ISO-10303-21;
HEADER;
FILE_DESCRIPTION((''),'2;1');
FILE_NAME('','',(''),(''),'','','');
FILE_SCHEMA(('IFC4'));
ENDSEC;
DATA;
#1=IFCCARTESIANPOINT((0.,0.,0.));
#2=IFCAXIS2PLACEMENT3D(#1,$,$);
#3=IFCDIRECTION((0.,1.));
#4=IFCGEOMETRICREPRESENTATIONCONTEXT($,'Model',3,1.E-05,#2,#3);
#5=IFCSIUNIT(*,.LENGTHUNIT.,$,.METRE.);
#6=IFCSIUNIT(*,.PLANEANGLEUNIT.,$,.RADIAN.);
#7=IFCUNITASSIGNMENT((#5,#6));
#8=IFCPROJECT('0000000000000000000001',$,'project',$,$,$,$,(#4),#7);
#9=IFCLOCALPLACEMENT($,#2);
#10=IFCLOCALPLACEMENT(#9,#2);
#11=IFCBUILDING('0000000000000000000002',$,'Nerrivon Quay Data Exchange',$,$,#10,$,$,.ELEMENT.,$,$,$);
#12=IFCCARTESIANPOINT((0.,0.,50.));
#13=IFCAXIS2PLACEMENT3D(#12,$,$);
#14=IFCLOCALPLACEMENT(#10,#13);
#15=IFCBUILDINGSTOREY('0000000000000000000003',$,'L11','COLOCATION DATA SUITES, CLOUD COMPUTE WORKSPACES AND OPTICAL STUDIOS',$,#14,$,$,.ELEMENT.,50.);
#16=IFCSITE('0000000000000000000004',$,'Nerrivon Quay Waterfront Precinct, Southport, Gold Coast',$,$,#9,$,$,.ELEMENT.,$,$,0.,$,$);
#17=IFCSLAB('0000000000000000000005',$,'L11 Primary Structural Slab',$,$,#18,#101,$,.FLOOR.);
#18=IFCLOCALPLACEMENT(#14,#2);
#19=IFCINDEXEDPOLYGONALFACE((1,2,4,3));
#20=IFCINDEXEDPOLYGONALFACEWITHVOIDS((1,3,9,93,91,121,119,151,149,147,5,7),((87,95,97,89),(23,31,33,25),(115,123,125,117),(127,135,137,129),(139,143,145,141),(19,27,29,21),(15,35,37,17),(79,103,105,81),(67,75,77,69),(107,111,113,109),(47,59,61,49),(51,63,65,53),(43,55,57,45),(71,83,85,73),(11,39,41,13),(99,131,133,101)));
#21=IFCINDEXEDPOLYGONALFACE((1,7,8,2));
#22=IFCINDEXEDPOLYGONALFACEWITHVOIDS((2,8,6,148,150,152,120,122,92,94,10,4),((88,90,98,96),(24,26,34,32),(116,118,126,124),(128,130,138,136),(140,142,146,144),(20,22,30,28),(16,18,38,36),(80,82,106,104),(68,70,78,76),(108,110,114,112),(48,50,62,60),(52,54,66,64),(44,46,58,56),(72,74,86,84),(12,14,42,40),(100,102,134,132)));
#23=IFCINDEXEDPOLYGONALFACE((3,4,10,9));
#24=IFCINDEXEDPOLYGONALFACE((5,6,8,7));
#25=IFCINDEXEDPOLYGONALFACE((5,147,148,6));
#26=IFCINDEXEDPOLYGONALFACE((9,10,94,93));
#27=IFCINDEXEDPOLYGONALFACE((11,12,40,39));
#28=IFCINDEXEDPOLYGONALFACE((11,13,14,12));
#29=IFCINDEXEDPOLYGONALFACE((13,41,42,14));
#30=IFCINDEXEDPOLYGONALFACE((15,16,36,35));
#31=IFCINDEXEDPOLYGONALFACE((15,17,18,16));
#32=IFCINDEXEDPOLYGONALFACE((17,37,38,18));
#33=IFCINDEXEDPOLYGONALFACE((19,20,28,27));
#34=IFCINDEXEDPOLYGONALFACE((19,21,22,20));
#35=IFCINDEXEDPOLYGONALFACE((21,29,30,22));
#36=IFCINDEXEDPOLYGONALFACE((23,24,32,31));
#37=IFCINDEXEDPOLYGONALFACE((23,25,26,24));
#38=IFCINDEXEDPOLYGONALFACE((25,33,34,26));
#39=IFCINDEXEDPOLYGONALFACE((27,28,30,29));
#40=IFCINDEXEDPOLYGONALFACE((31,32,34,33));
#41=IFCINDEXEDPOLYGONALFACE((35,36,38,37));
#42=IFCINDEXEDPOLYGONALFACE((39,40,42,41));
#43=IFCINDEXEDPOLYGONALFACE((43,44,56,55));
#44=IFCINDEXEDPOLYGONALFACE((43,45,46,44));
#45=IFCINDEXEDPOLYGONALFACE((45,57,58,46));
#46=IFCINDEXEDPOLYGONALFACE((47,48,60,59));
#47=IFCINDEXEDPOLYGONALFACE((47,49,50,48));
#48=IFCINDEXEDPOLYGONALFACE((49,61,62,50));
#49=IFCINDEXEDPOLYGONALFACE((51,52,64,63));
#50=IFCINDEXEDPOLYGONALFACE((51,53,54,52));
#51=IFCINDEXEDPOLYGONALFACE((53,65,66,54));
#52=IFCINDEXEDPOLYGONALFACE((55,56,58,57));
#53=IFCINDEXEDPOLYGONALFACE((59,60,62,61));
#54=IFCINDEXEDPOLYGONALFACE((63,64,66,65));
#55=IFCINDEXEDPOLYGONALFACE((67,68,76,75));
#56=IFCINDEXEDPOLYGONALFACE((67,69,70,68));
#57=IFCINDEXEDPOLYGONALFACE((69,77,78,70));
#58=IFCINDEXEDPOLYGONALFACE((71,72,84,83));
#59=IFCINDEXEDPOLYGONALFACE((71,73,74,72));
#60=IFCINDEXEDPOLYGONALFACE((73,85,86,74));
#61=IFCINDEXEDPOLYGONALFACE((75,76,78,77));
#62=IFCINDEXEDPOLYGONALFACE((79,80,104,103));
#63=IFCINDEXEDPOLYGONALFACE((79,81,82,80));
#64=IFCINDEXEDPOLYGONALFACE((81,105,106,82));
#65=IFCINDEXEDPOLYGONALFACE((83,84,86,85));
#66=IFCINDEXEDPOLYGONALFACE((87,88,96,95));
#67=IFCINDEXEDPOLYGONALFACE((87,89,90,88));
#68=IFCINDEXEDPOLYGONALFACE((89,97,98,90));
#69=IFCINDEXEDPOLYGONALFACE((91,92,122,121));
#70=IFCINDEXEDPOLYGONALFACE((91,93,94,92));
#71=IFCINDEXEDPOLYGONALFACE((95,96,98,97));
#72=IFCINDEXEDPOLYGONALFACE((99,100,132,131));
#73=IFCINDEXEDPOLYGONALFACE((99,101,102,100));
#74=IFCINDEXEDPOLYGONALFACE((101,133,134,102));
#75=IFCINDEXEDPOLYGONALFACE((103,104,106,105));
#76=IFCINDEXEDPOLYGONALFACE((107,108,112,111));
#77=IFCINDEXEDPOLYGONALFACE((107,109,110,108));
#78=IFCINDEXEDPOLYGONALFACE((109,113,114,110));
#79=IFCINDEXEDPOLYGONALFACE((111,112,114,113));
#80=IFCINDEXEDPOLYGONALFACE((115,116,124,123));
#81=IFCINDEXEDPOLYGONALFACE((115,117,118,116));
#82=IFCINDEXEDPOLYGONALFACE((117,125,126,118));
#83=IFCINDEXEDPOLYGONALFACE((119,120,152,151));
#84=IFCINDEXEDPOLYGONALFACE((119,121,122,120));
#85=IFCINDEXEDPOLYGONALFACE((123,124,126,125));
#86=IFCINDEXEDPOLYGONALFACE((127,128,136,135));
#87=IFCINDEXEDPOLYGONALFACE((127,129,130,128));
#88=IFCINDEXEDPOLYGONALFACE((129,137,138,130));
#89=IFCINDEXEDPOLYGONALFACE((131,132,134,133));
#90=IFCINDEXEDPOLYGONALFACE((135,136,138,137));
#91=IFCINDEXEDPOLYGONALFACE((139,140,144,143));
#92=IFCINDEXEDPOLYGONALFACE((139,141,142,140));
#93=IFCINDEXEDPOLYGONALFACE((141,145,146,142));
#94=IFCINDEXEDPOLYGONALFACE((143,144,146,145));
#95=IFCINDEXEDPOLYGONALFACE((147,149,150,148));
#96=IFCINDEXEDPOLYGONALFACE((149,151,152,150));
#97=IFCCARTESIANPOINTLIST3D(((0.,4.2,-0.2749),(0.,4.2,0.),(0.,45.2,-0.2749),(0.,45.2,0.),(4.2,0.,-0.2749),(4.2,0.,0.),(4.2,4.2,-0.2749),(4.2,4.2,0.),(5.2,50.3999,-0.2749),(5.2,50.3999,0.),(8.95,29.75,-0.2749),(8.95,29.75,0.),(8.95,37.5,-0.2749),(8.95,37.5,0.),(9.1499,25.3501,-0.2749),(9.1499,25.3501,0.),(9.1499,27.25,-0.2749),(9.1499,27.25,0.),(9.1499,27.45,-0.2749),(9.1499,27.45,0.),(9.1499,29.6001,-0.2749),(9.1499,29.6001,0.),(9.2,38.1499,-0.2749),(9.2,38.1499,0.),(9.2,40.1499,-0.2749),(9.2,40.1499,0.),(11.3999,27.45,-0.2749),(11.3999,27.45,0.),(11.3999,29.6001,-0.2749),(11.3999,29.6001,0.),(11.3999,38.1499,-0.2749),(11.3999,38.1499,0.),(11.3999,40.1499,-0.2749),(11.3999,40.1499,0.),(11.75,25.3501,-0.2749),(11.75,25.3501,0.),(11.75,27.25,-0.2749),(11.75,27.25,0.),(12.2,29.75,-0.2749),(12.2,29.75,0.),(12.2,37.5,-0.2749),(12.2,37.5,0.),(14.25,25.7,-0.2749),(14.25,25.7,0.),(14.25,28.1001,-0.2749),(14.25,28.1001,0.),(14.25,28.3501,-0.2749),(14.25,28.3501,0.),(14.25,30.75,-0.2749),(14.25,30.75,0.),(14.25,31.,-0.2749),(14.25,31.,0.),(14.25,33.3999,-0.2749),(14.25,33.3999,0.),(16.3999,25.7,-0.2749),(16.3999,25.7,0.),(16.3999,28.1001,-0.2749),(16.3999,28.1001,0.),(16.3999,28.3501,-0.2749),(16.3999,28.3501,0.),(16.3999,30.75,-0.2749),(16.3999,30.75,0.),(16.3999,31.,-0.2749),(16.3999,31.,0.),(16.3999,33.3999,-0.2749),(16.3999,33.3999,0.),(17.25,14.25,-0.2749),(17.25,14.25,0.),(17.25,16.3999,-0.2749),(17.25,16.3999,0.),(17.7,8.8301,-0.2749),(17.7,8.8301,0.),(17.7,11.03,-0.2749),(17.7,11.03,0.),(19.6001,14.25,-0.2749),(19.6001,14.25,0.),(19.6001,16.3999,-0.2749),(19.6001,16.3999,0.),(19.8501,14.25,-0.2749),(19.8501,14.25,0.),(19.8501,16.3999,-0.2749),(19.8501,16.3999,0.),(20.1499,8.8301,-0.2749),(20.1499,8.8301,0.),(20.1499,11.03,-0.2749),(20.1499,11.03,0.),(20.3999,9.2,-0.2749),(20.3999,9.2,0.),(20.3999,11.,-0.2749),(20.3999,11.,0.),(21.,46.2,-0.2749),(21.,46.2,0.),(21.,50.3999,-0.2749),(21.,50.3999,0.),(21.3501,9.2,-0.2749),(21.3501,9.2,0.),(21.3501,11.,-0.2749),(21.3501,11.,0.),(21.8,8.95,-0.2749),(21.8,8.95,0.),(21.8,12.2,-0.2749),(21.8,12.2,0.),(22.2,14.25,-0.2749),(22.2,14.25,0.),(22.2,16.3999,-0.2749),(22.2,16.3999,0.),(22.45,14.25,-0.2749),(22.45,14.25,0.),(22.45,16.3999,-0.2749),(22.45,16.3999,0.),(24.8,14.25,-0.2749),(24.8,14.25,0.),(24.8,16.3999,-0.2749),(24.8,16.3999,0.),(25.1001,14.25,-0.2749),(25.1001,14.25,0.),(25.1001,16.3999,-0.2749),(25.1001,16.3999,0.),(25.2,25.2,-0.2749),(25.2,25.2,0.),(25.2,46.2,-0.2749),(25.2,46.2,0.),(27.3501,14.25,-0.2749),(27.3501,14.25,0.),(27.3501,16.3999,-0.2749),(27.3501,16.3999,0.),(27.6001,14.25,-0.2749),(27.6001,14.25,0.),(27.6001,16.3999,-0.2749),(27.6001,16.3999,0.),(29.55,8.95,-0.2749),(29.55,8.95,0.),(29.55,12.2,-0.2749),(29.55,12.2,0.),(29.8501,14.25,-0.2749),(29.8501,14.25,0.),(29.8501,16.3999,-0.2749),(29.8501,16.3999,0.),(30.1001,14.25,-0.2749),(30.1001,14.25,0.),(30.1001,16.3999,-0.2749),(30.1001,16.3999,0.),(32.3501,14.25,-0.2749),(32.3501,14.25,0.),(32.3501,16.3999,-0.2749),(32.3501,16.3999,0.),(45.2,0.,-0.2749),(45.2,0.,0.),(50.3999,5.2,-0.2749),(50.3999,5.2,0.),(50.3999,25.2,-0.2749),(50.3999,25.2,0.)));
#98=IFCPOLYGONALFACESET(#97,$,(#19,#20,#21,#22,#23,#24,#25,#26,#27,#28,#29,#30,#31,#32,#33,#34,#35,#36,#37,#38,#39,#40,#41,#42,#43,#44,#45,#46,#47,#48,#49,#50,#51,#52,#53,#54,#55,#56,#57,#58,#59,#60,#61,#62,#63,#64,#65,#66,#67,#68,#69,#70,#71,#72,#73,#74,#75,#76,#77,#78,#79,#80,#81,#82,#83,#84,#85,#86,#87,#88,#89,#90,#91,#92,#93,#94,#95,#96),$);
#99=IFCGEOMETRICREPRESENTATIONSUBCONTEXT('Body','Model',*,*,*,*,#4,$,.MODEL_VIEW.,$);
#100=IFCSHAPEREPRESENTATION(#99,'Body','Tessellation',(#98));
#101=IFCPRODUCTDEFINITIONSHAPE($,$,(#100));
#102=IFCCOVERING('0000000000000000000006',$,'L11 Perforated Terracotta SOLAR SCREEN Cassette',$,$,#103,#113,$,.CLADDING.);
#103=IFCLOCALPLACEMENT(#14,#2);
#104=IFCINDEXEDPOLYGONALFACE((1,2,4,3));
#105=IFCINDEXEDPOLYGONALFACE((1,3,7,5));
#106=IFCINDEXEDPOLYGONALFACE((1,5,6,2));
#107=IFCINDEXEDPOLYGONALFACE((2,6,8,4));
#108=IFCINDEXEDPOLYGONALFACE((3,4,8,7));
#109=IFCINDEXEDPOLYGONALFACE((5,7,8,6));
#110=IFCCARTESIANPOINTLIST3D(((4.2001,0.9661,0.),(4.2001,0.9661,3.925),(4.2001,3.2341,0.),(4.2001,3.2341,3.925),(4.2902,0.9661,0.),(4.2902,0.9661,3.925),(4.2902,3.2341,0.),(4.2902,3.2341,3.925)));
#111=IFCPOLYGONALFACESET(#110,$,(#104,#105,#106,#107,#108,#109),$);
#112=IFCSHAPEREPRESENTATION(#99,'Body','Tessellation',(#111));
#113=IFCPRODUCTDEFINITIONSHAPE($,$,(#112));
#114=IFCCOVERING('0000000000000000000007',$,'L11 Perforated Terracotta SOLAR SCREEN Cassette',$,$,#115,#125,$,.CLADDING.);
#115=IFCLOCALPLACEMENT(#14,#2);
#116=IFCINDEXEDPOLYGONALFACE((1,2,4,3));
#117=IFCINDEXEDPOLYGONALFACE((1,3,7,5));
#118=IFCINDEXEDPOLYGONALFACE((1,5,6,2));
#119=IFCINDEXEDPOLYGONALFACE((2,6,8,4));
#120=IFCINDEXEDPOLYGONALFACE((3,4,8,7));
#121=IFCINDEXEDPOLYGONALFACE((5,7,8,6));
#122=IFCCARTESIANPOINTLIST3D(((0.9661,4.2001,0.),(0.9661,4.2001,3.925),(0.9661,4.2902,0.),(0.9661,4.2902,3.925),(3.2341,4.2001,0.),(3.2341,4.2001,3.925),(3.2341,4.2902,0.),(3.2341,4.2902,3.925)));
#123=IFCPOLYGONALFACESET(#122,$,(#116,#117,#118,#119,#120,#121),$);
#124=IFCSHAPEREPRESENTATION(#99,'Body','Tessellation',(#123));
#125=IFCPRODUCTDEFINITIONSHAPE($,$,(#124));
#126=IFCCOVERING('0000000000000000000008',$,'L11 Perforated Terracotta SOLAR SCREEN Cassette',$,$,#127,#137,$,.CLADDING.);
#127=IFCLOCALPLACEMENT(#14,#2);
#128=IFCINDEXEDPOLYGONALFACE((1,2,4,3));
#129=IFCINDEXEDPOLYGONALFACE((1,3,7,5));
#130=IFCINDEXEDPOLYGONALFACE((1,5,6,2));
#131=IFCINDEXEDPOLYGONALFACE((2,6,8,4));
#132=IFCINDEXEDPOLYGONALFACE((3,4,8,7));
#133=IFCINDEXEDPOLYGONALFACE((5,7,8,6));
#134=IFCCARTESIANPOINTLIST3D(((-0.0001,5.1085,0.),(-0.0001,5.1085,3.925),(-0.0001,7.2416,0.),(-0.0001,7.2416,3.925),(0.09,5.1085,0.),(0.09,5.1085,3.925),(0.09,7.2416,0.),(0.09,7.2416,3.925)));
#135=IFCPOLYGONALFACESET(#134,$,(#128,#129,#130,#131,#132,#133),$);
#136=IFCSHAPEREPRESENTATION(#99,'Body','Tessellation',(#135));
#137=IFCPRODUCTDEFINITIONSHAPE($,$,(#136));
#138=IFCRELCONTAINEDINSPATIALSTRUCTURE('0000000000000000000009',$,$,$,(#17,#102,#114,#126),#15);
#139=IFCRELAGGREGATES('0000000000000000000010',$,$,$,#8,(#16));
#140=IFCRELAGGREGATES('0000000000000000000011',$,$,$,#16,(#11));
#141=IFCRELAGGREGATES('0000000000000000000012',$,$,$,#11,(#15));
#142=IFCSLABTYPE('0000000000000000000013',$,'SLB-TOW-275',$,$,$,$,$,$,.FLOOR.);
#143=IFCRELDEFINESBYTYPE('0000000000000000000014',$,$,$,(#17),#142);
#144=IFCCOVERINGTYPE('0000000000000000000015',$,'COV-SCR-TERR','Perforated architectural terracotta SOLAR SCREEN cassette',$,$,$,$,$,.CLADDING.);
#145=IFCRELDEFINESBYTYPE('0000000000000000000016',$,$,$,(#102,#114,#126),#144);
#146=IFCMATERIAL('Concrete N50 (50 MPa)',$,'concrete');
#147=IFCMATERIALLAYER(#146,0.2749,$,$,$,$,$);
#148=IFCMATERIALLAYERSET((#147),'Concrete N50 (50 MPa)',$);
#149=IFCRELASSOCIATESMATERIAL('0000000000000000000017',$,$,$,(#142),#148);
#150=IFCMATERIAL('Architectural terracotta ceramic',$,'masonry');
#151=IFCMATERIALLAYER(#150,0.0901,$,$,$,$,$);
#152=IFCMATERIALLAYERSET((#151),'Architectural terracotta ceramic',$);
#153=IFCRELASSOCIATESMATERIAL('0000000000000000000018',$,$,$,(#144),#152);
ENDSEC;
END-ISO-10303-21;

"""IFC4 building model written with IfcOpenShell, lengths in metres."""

from ifc_helpers import new_model, si_unit, direction, frame, origin, origin_2d, place, context, subcontext, project, spatial, polyline, rectangle, outline, extrude, material, layer, layer_set, type_object, element, save


model = new_model("IFC4")

# Units and contexts
model_context = context("Model", 3, precision=1e-05, world=origin(), true_north=direction((0.0, 1.0)))
body_context = subcontext(model_context, "Body", "Model", "MODEL_VIEW")
ifc_project = project(units=[si_unit("LENGTHUNIT", "METRE"), si_unit("PLANEANGLEUNIT", "RADIAN")], contexts=[model_context])

# Site, building, storey
site_placement = place(None, origin())
site = spatial("IfcSite", under=ifc_project, at=site_placement, Name="Nerrivon Quay Waterfront Precinct, Southport, Gold Coast", CompositionType="ELEMENT", RefElevation=0.0)
building_placement = place(site_placement, origin())
building = spatial("IfcBuilding", under=site, at=building_placement, Name="Nerrivon Quay Data Exchange", CompositionType="ELEMENT")
storey_placement = place(building_placement, frame((0.0, 0.0, 50.0)))
storey = spatial("IfcBuildingStorey", under=building, at=storey_placement, Name="L11", Description="COLOCATION DATA SUITES, CLOUD COMPUTE WORKSPACES AND OPTICAL STUDIOS", CompositionType="ELEMENT", Elevation=50.0)

# Shared definitions
ifc_material_1 = material(Name="Concrete N50 (50 MPa)", Category="concrete")

# Slab
ifc_layer_1 = layer(ifc_material_1, 0.2749)
ifc_layer_set_1 = layer_set([ifc_layer_1], Name="Concrete N50 (50 MPa)")
slab_type_1 = type_object("IfcSlabType", Name="SLB-TOW-275", PredefinedType="FLOOR", material=ifc_layer_set_1)
slab_1_placement = place(storey_placement, frame((0.0, 0.0, -0.2749)))
element("IfcSlab", 1, at=slab_1_placement, inside=storey, type_object=slab_type_1, Name="L11 Primary Structural Slab", PredefinedType="FLOOR", context=body_context, shape_type="SweptSolid", body=[
    extrude(outline(polyline([(50.3999, 25.2), (25.2, 25.2), (25.2, 46.2), (21.0, 46.2), (21.0, 50.3999), (5.2, 50.3999), (0.0, 45.2), (0.0, 4.2), (4.2, 4.2), (4.2, 0.0), (45.2, 0.0), (50.3999, 5.2), (50.3999, 25.2)]), holes=[polyline([(8.95, 29.75), (8.95, 37.5), (12.2, 37.5), (12.2, 29.75), (8.95, 29.75)]), polyline([(21.8, 12.2), (29.55, 12.2), (29.55, 8.95), (21.8, 8.95), (21.8, 12.2)]), polyline([(30.1001, 16.3999), (32.3501, 16.3999), (32.3501, 14.25), (30.1001, 14.25), (30.1001, 16.3999)]), polyline([(27.6001, 16.3999), (29.8501, 16.3999), (29.8501, 14.25), (27.6001, 14.25), (27.6001, 16.3999)]), polyline([(25.1001, 16.3999), (27.3501, 16.3999), (27.3501, 14.25), (25.1001, 14.25), (25.1001, 16.3999)]), polyline([(22.45, 16.3999), (24.8, 16.3999), (24.8, 14.25), (22.45, 14.25), (22.45, 16.3999)]), polyline([(19.8501, 16.3999), (22.2, 16.3999), (22.2, 14.25), (19.8501, 14.25), (19.8501, 16.3999)]), polyline([(20.3999, 11.0), (21.3501, 11.0), (21.3501, 9.2), (20.3999, 9.2), (20.3999, 11.0)]), polyline([(17.7, 8.8301), (17.7, 11.03), (20.1499, 11.03), (20.1499, 8.8301), (17.7, 8.8301)]), polyline([(17.25, 14.25), (17.25, 16.3999), (19.6001, 16.3999), (19.6001, 14.25), (17.25, 14.25)]), polyline([(14.25, 28.1001), (16.3999, 28.1001), (16.3999, 25.7), (14.25, 25.7), (14.25, 28.1001)]), polyline([(14.25, 30.75), (16.3999, 30.75), (16.3999, 28.3501), (14.25, 28.3501), (14.25, 30.75)]), polyline([(14.25, 33.3999), (16.3999, 33.3999), (16.3999, 31.0), (14.25, 31.0), (14.25, 33.3999)]), polyline([(9.1499, 27.25), (11.75, 27.25), (11.75, 25.3501), (9.1499, 25.3501), (9.1499, 27.25)]), polyline([(9.1499, 29.6001), (11.3999, 29.6001), (11.3999, 27.45), (9.1499, 27.45), (9.1499, 29.6001)]), polyline([(9.2, 40.1499), (11.3999, 40.1499), (11.3999, 38.1499), (9.2, 38.1499), (9.2, 40.1499)])]), origin(), (0.0, 0.0, 1.0), 0.2749),
])

# Coverings
ifc_material_2 = material(Name="Architectural terracotta ceramic", Category="masonry")
ifc_layer_2 = layer(ifc_material_2, 0.0901)
ifc_layer_set_2 = layer_set([ifc_layer_2], Name="Architectural terracotta ceramic")
covering_type = type_object("IfcCoveringType", Name="COV-SCR-TERR", Description="Perforated architectural terracotta SOLAR SCREEN cassette", PredefinedType="CLADDING", material=ifc_layer_set_2)
for number, where, z_axis, x_axis, name in (
    (2, (4.2451, 2.1001, 0.0), (0.0, 0.0, 1.0), (0.0, 1.0, 0.0), "L11 Perforated Terracotta SOLAR SCREEN Cassette"),
    (3, (2.1001, 4.2451, 0.0), (0.0, 0.0, 1.0), (-1.0, 0.0, 0.0), "L11 Perforated Terracotta SOLAR SCREEN Cassette"),
):
    element("IfcCovering", number, at=place(storey_placement, frame(where, z_axis=z_axis, x_axis=x_axis)), inside=storey, type_object=covering_type, Name=name, PredefinedType="CLADDING", context=body_context, shape_type="SweptSolid", body=[
        extrude(rectangle(XDim=2.2681, YDim=0.0901, at=origin_2d()), origin(), (0.0, 0.0, 1.0), 3.925),
    ])
covering_placement = place(storey_placement, frame((0.0449, 6.175, 0.0), z_axis=(0.0, 0.0, 1.0), x_axis=(0.0, 1.0, 0.0)))
element("IfcCovering", 4, at=covering_placement, inside=storey, type_object=covering_type, Name="L11 Perforated Terracotta SOLAR SCREEN Cassette", PredefinedType="CLADDING", context=body_context, shape_type="SweptSolid", body=[
    extrude(rectangle(XDim=2.1331, YDim=0.0901, at=origin_2d()), origin(), (0.0, 0.0, 1.0), 3.925),
])

save(model, "model.ifc")
